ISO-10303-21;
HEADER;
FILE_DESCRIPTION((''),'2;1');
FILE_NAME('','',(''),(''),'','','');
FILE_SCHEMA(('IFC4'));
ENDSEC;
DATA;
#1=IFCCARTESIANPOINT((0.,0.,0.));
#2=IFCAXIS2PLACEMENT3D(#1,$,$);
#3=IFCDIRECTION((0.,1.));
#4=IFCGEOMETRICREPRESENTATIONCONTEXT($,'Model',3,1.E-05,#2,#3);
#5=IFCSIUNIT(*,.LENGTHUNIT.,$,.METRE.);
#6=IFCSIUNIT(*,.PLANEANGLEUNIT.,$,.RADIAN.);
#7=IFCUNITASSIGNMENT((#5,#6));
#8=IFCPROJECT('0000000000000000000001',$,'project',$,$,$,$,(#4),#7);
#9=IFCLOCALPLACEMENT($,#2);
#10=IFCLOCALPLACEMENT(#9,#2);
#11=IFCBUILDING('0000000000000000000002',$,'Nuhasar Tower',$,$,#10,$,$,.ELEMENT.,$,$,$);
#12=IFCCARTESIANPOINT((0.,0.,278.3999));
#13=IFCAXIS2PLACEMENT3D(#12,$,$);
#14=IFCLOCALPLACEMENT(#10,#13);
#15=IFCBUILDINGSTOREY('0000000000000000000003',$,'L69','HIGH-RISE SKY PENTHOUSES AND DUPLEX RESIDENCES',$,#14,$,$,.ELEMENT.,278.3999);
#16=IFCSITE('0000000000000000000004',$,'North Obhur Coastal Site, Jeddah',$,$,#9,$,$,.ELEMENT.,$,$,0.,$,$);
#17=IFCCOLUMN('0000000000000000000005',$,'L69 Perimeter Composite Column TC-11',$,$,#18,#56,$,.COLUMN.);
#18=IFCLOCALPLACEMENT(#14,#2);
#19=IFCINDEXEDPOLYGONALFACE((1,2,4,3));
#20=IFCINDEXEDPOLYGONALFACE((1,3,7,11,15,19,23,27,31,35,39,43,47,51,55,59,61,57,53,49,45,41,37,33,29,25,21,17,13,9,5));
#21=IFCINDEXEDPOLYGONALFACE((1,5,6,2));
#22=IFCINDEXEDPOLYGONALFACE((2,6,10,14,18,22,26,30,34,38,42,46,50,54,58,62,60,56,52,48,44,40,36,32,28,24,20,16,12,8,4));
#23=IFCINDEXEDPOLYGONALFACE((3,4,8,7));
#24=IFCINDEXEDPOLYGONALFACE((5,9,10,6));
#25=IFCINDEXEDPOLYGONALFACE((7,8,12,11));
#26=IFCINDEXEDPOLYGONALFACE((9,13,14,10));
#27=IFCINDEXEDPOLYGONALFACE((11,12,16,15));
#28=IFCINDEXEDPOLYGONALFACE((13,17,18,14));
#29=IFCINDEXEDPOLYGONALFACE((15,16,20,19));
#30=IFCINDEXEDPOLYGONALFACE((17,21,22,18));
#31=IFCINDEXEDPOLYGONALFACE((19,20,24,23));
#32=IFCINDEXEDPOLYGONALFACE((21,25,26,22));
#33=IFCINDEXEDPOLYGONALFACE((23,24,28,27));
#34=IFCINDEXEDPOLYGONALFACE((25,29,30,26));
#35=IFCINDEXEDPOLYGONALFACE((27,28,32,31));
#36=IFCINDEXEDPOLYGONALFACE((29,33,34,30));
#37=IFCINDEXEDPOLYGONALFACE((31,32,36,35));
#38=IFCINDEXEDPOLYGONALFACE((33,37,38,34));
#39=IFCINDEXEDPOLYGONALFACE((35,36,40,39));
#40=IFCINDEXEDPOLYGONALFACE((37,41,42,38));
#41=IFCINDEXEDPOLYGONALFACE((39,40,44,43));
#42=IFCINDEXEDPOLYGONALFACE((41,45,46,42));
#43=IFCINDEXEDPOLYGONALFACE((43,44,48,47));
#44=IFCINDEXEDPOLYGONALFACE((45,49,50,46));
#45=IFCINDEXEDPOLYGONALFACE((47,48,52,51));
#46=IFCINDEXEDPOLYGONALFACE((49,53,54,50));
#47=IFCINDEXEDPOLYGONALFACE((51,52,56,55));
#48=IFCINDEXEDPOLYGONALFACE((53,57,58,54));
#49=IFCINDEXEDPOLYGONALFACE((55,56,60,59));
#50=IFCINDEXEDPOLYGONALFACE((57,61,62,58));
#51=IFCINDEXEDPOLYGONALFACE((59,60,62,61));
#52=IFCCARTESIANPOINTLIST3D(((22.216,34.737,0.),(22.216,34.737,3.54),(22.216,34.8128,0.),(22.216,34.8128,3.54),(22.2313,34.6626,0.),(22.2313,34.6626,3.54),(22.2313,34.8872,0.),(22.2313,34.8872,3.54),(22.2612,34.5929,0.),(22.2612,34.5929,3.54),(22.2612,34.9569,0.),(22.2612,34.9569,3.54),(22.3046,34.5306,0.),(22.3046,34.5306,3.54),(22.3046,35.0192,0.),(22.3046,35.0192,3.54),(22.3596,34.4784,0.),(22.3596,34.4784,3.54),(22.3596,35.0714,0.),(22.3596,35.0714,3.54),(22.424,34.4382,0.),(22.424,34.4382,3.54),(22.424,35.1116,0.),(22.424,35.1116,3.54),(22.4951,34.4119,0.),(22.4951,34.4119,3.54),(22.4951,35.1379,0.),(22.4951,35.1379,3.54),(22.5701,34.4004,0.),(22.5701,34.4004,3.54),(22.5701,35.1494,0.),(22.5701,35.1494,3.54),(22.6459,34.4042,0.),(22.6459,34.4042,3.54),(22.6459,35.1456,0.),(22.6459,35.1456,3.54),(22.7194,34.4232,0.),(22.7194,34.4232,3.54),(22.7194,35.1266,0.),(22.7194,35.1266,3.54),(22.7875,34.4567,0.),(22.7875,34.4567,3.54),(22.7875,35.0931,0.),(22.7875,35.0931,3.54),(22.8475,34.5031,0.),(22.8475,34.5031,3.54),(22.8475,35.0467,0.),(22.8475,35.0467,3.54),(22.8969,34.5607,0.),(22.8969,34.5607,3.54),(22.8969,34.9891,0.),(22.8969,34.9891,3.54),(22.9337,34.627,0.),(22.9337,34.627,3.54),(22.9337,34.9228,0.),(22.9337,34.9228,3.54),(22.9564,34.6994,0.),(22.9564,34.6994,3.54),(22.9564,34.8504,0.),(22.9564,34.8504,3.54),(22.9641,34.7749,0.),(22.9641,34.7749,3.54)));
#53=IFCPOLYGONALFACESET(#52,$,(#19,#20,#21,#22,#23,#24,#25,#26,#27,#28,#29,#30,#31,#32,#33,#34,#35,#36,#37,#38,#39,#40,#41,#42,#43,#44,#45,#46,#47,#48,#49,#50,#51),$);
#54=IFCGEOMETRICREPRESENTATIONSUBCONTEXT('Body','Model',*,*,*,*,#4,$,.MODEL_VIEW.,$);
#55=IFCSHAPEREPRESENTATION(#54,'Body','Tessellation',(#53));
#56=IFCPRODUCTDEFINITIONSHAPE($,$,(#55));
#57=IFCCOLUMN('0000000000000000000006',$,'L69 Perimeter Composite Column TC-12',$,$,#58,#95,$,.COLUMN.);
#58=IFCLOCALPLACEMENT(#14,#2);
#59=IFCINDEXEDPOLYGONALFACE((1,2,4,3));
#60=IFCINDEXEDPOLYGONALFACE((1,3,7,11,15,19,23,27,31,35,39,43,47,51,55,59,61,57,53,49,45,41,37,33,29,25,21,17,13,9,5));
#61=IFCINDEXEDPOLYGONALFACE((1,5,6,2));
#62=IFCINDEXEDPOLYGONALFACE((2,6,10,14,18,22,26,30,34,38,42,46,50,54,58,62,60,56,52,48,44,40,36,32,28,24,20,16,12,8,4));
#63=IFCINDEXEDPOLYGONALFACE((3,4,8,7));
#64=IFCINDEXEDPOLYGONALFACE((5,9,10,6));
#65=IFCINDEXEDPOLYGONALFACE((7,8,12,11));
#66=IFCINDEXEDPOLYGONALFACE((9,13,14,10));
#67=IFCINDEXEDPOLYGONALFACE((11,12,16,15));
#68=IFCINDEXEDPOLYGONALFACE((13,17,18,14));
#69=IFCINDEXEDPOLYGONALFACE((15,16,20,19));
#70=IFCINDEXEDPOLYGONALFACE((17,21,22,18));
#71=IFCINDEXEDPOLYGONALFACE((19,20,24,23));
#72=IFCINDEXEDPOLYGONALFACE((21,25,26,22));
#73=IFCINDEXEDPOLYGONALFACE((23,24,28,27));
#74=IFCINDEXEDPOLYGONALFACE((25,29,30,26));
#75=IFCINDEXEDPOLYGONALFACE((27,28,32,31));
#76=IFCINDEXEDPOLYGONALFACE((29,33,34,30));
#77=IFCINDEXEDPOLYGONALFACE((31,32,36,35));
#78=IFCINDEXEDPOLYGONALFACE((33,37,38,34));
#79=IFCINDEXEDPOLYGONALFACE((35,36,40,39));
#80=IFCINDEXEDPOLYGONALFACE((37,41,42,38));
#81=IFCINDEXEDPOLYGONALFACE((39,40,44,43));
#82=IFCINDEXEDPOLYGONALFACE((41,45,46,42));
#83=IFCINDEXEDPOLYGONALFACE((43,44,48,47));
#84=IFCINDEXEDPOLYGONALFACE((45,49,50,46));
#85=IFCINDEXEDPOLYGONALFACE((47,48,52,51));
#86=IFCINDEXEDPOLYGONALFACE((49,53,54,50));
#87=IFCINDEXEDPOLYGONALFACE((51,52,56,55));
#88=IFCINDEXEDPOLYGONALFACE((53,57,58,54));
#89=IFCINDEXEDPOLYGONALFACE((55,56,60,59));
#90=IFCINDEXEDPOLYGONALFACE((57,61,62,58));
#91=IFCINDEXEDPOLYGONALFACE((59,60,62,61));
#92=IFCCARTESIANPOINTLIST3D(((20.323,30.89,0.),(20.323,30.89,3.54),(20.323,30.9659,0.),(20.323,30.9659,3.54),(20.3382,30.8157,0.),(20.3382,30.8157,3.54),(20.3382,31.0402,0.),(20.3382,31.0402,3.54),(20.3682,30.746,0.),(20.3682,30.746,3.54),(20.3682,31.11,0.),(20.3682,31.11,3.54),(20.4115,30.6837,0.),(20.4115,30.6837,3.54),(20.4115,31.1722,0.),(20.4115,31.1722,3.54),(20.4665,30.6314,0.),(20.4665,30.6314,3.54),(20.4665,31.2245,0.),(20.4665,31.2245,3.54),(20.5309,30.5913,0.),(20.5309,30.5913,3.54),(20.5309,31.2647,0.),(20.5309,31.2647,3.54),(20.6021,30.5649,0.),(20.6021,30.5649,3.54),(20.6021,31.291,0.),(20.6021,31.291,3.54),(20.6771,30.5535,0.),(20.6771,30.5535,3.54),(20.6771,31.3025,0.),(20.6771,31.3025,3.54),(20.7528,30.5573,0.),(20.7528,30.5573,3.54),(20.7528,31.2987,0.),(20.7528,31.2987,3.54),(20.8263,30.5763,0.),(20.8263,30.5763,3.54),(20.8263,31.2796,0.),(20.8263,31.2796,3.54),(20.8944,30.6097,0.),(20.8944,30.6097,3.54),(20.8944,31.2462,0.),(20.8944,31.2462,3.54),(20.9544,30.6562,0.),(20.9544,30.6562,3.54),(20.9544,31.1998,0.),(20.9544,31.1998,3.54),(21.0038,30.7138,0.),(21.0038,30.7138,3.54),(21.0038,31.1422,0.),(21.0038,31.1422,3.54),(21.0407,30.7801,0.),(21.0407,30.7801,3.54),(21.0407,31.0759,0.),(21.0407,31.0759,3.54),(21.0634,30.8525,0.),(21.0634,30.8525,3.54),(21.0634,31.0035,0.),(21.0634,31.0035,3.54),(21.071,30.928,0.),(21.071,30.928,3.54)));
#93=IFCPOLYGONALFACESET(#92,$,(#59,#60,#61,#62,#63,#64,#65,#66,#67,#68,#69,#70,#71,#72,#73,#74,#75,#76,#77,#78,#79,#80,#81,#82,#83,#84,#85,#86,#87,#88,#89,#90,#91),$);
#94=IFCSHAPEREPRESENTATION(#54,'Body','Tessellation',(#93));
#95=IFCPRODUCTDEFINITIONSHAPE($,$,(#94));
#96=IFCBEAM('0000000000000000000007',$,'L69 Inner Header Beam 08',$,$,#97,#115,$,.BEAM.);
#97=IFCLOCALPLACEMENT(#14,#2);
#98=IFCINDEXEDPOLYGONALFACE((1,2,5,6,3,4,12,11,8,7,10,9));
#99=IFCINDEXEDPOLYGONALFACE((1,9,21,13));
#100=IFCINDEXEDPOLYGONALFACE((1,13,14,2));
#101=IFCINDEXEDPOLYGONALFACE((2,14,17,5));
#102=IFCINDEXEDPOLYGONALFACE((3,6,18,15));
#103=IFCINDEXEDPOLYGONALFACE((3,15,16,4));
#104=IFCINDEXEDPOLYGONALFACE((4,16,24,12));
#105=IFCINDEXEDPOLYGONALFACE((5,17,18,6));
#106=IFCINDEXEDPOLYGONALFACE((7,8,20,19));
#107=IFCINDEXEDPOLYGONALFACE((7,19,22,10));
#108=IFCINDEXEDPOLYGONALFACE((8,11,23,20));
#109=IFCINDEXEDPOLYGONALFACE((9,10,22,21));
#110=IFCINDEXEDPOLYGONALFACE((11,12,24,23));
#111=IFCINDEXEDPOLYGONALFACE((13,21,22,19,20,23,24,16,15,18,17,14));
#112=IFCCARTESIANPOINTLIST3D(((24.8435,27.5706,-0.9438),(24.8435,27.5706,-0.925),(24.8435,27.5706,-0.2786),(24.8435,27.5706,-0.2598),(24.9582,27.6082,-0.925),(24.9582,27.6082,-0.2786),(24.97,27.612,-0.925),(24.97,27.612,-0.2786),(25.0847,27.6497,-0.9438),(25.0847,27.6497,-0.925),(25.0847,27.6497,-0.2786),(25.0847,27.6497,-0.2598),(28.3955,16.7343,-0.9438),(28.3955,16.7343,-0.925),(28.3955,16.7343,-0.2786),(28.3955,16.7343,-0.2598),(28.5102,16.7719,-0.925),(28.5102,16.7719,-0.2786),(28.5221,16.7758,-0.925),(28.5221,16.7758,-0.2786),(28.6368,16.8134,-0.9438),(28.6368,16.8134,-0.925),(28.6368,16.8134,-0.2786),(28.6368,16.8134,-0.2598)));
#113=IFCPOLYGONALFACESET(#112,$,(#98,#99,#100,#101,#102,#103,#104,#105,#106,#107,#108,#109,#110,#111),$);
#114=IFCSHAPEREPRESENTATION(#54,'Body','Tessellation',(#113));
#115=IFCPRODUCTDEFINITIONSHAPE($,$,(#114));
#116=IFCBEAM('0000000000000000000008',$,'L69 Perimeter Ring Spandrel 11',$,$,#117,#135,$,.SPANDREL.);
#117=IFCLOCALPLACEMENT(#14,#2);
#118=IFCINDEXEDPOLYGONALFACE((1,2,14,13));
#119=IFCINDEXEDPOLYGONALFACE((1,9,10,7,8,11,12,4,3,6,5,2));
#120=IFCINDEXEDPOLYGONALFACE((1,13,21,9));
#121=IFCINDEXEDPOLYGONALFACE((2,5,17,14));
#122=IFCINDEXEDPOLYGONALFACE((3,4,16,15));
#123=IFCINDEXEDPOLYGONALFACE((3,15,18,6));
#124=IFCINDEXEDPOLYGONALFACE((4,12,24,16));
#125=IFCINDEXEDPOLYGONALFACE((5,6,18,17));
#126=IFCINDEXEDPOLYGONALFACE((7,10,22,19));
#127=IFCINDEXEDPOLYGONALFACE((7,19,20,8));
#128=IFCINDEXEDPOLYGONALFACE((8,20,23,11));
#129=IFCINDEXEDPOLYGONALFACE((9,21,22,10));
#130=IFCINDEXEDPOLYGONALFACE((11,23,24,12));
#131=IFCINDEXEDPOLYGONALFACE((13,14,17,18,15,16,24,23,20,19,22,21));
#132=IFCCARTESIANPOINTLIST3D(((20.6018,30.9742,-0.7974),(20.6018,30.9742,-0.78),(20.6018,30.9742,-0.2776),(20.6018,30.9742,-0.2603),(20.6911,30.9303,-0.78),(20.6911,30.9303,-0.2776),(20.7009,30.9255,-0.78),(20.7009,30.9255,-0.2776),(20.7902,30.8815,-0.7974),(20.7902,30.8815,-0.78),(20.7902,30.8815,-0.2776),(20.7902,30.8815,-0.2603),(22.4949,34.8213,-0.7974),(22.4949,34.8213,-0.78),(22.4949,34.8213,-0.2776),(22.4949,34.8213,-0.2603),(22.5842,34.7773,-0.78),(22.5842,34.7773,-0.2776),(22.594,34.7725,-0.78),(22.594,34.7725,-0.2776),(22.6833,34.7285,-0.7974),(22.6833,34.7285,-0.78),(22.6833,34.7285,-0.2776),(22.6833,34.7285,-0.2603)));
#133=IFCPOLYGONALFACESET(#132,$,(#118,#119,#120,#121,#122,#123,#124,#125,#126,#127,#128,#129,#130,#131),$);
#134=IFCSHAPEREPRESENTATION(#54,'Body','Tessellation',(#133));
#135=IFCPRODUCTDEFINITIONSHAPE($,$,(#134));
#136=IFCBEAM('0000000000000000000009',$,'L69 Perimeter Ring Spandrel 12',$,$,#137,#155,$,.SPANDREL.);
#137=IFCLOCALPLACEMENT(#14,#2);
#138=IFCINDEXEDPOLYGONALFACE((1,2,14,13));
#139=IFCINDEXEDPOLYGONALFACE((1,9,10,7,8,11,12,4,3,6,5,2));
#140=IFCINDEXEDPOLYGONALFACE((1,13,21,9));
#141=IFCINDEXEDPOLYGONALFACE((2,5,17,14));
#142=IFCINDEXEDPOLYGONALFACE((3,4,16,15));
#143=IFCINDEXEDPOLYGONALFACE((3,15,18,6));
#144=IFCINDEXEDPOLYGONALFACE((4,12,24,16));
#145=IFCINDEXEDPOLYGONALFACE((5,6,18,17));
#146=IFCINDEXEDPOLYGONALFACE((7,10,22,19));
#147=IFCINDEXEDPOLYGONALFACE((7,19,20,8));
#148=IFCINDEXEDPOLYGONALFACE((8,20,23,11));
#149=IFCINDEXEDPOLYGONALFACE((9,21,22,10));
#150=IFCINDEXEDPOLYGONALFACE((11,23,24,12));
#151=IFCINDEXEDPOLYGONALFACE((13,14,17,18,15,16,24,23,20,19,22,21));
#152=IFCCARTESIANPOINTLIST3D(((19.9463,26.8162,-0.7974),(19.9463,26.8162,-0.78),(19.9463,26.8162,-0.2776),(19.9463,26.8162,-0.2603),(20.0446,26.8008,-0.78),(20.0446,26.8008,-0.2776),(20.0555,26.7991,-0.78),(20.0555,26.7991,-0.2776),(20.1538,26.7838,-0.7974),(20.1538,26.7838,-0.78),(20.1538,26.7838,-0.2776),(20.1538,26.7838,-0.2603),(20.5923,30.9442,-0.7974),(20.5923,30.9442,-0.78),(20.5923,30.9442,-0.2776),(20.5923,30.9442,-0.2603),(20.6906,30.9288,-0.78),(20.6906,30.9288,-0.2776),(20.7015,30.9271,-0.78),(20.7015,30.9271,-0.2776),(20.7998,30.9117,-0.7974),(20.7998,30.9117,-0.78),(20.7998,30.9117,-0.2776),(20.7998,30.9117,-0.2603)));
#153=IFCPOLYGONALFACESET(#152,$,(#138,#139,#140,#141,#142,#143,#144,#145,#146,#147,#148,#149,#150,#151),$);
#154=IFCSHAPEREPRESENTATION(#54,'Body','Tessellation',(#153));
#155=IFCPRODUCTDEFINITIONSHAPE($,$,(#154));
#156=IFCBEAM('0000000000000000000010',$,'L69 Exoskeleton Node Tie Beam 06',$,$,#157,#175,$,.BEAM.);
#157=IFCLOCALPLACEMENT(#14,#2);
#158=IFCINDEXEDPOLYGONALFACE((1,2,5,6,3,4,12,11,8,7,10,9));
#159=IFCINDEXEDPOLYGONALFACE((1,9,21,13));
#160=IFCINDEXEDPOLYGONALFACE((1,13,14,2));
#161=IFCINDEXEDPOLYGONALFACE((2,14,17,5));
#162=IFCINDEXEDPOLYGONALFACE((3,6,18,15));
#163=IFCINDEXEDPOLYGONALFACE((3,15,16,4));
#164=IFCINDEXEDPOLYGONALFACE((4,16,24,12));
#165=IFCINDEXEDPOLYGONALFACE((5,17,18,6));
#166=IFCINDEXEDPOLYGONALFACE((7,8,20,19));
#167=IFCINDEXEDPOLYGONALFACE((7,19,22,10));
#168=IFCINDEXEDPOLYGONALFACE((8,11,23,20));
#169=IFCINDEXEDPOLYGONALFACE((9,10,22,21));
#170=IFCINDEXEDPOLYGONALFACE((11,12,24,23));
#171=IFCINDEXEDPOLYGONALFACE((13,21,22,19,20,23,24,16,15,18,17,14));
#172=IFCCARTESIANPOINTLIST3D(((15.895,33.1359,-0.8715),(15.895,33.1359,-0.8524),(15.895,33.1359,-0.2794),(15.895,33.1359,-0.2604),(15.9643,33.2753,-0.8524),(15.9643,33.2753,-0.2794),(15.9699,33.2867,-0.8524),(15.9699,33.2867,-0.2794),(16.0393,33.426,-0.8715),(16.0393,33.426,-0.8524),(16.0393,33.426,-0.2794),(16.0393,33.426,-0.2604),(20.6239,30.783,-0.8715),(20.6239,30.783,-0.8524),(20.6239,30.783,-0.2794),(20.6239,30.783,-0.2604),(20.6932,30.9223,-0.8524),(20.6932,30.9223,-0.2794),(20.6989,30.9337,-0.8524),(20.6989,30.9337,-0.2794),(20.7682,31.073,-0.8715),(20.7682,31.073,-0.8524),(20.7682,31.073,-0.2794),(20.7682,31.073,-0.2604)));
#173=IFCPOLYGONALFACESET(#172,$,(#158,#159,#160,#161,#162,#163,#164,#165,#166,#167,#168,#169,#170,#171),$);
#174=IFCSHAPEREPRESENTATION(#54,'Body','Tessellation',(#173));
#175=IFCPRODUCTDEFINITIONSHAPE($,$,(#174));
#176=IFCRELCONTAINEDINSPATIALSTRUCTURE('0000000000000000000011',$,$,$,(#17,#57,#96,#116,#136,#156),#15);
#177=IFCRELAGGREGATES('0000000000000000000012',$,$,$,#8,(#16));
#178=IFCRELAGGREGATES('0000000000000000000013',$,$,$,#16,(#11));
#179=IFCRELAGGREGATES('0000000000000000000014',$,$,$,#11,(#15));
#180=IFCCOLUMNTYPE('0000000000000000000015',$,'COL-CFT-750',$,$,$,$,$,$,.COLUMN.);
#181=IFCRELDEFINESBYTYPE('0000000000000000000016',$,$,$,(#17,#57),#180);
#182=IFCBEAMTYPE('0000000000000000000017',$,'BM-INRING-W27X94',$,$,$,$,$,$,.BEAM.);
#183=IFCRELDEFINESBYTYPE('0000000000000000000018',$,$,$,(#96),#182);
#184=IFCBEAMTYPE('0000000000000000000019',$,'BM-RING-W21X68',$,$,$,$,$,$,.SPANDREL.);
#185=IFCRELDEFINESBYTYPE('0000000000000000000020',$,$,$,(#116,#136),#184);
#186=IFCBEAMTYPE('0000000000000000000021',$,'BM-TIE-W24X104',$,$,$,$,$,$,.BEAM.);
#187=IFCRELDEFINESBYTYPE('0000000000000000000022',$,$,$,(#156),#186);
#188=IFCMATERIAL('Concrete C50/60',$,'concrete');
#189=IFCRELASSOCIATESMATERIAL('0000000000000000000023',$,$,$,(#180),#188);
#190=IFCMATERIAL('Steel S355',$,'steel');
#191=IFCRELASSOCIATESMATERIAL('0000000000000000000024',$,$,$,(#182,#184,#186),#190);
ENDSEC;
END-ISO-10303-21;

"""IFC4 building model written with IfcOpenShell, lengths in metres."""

from ifc_helpers import new_model, si_unit, direction, frame, origin, origin_2d, place, context, subcontext, project, spatial, circle, i_section, extrude, material, material_profile, profile_set, type_object, element, save


model = new_model("IFC4")

# Units and contexts
model_context = context("Model", 3, precision=1e-05, world=origin(), true_north=direction((0.0, 1.0)))
body_context = subcontext(model_context, "Body", "Model", "MODEL_VIEW")
ifc_project = project(units=[si_unit("LENGTHUNIT", "METRE"), si_unit("PLANEANGLEUNIT", "RADIAN")], contexts=[model_context])

# Site, building, storey
site_placement = place(None, origin())
site = spatial("IfcSite", under=ifc_project, at=site_placement, Name="North Obhur Coastal Site, Jeddah", CompositionType="ELEMENT", RefElevation=0.0)
building_placement = place(site_placement, origin())
building = spatial("IfcBuilding", under=site, at=building_placement, Name="Nuhasar Tower", CompositionType="ELEMENT")
storey_placement = place(building_placement, frame((0.0, 0.0, 278.3999)))
storey = spatial("IfcBuildingStorey", under=building, at=storey_placement, Name="L69", Description="HIGH-RISE SKY PENTHOUSES AND DUPLEX RESIDENCES", CompositionType="ELEMENT", Elevation=278.3999)

# Columns
ifc_material_1 = material(Name="Concrete C50/60", Category="concrete")
ifc_material_profile_1 = material_profile(ifc_material_1, circle(Radius=0.375, at=origin_2d()), Name="CFT750")
ifc_profile_set_1 = profile_set([ifc_material_profile_1], Name="Concrete C50/60")
column_type = type_object("IfcColumnType", Name="COL-CFT-750", PredefinedType="COLUMN", material=ifc_profile_set_1)
for number, where, z_axis, x_axis, name in (
    (1, (22.5891, 34.7749, 0.0), (0.0, 0.0, 1.0), (1.0, 0.0, 0.0), "L69 Perimeter Composite Column TC-11"),
    (2, (20.696, 30.928, 0.0), (0.0, 0.0, 1.0), (1.0, 0.0, 0.0), "L69 Perimeter Composite Column TC-12"),
):
    element("IfcColumn", number, at=place(storey_placement, frame(where, z_axis=z_axis, x_axis=x_axis)), inside=storey, type_object=column_type, Name=name, PredefinedType="COLUMN", context=body_context, shape_type="SweptSolid", body=[
        extrude(circle(Radius=0.375, at=origin_2d()), origin(), (0.0, 0.0, 1.0), 3.54),
    ])

# Beams
ifc_material_2 = material(Name="Steel S355", Category="steel")
ifc_material_profile_2 = material_profile(ifc_material_2, i_section(OverallWidth=0.2539, OverallDepth=0.6841, WebThickness=0.0125, FlangeThickness=0.0188, at=origin_2d()), Name="W27X94")
ifc_profile_set_2 = profile_set([ifc_material_profile_2], Name="Steel S355")
beam_type_1 = type_object("IfcBeamType", Name="BM-INRING-W27X94", PredefinedType="BEAM", material=ifc_profile_set_2)
beam_1_placement = place(storey_placement, frame((24.9641, 27.6101, -0.6018), z_axis=(0.311484, -0.950251, 0.0), x_axis=(0.950251, 0.311484, 0.0)))
element("IfcBeam", 3, at=beam_1_placement, inside=storey, type_object=beam_type_1, Name="L69 Inner Header Beam 08", PredefinedType="BEAM", context=body_context, shape_type="SweptSolid", body=[
    extrude(i_section(OverallWidth=0.2539, OverallDepth=0.6841, WebThickness=0.0125, FlangeThickness=0.0188, at=origin_2d()), origin(), (0.0, 0.0, 1.0), 11.4036),
])
ifc_material_profile_3 = material_profile(ifc_material_2, i_section(OverallWidth=0.21, OverallDepth=0.5371, WebThickness=0.011, FlangeThickness=0.0173, at=origin_2d()), Name="W21X68")
ifc_profile_set_3 = profile_set([ifc_material_profile_3], Name="Steel S355")
beam_type_2 = type_object("IfcBeamType", Name="BM-RING-W21X68", PredefinedType="SPANDREL", material=ifc_profile_set_3)
beam_2_placement = place(storey_placement, frame((22.5891, 34.7749, -0.5288), z_axis=(-0.441533, -0.897245, 0.0), x_axis=(0.897245, -0.441533, 0.0)))
element("IfcBeam", 4, at=beam_2_placement, inside=storey, type_object=beam_type_2, Name="L69 Perimeter Ring Spandrel 11", PredefinedType="SPANDREL", context=body_context, shape_type="SweptSolid", body=[
    extrude(i_section(OverallWidth=0.21, OverallDepth=0.5371, WebThickness=0.011, FlangeThickness=0.0173, at=origin_2d()), origin(), (0.0, 0.0, 1.0), 4.2876),
])
beam_3_placement = place(storey_placement, frame((20.696, 30.928, -0.5288), z_axis=(-0.154612, -0.987975, 0.0), x_axis=(0.987975, -0.154612, 0.0)))
element("IfcBeam", 5, at=beam_3_placement, inside=storey, type_object=beam_type_2, Name="L69 Perimeter Ring Spandrel 12", PredefinedType="SPANDREL", context=body_context, shape_type="SweptSolid", body=[
    extrude(i_section(OverallWidth=0.21, OverallDepth=0.5371, WebThickness=0.011, FlangeThickness=0.0173, at=origin_2d()), origin(), (0.0, 0.0, 1.0), 4.1782),
])
ifc_material_profile_4 = material_profile(ifc_material_2, i_section(OverallWidth=0.324, OverallDepth=0.6111, WebThickness=0.0127, FlangeThickness=0.019, at=origin_2d()), Name="W24X104")
ifc_profile_set_4 = profile_set([ifc_material_profile_4], Name="Steel S355")
beam_type_3 = type_object("IfcBeamType", Name="BM-TIE-W24X104", PredefinedType="BEAM", material=ifc_profile_set_4)
beam_4_placement = place(storey_placement, frame((20.696, 30.928, -0.5659), z_axis=(-0.895294, 0.445475, 0.0), x_axis=(-0.445475, -0.895294, 0.0)))
element("IfcBeam", 6, at=beam_4_placement, inside=storey, type_object=beam_type_3, Name="L69 Exoskeleton Node Tie Beam 06", PredefinedType="BEAM", context=body_context, shape_type="SweptSolid", body=[
    extrude(i_section(OverallWidth=0.324, OverallDepth=0.6111, WebThickness=0.0127, FlangeThickness=0.019, at=origin_2d()), origin(), (0.0, 0.0, 1.0), 5.282),
])

save(model, "model.ifc")
